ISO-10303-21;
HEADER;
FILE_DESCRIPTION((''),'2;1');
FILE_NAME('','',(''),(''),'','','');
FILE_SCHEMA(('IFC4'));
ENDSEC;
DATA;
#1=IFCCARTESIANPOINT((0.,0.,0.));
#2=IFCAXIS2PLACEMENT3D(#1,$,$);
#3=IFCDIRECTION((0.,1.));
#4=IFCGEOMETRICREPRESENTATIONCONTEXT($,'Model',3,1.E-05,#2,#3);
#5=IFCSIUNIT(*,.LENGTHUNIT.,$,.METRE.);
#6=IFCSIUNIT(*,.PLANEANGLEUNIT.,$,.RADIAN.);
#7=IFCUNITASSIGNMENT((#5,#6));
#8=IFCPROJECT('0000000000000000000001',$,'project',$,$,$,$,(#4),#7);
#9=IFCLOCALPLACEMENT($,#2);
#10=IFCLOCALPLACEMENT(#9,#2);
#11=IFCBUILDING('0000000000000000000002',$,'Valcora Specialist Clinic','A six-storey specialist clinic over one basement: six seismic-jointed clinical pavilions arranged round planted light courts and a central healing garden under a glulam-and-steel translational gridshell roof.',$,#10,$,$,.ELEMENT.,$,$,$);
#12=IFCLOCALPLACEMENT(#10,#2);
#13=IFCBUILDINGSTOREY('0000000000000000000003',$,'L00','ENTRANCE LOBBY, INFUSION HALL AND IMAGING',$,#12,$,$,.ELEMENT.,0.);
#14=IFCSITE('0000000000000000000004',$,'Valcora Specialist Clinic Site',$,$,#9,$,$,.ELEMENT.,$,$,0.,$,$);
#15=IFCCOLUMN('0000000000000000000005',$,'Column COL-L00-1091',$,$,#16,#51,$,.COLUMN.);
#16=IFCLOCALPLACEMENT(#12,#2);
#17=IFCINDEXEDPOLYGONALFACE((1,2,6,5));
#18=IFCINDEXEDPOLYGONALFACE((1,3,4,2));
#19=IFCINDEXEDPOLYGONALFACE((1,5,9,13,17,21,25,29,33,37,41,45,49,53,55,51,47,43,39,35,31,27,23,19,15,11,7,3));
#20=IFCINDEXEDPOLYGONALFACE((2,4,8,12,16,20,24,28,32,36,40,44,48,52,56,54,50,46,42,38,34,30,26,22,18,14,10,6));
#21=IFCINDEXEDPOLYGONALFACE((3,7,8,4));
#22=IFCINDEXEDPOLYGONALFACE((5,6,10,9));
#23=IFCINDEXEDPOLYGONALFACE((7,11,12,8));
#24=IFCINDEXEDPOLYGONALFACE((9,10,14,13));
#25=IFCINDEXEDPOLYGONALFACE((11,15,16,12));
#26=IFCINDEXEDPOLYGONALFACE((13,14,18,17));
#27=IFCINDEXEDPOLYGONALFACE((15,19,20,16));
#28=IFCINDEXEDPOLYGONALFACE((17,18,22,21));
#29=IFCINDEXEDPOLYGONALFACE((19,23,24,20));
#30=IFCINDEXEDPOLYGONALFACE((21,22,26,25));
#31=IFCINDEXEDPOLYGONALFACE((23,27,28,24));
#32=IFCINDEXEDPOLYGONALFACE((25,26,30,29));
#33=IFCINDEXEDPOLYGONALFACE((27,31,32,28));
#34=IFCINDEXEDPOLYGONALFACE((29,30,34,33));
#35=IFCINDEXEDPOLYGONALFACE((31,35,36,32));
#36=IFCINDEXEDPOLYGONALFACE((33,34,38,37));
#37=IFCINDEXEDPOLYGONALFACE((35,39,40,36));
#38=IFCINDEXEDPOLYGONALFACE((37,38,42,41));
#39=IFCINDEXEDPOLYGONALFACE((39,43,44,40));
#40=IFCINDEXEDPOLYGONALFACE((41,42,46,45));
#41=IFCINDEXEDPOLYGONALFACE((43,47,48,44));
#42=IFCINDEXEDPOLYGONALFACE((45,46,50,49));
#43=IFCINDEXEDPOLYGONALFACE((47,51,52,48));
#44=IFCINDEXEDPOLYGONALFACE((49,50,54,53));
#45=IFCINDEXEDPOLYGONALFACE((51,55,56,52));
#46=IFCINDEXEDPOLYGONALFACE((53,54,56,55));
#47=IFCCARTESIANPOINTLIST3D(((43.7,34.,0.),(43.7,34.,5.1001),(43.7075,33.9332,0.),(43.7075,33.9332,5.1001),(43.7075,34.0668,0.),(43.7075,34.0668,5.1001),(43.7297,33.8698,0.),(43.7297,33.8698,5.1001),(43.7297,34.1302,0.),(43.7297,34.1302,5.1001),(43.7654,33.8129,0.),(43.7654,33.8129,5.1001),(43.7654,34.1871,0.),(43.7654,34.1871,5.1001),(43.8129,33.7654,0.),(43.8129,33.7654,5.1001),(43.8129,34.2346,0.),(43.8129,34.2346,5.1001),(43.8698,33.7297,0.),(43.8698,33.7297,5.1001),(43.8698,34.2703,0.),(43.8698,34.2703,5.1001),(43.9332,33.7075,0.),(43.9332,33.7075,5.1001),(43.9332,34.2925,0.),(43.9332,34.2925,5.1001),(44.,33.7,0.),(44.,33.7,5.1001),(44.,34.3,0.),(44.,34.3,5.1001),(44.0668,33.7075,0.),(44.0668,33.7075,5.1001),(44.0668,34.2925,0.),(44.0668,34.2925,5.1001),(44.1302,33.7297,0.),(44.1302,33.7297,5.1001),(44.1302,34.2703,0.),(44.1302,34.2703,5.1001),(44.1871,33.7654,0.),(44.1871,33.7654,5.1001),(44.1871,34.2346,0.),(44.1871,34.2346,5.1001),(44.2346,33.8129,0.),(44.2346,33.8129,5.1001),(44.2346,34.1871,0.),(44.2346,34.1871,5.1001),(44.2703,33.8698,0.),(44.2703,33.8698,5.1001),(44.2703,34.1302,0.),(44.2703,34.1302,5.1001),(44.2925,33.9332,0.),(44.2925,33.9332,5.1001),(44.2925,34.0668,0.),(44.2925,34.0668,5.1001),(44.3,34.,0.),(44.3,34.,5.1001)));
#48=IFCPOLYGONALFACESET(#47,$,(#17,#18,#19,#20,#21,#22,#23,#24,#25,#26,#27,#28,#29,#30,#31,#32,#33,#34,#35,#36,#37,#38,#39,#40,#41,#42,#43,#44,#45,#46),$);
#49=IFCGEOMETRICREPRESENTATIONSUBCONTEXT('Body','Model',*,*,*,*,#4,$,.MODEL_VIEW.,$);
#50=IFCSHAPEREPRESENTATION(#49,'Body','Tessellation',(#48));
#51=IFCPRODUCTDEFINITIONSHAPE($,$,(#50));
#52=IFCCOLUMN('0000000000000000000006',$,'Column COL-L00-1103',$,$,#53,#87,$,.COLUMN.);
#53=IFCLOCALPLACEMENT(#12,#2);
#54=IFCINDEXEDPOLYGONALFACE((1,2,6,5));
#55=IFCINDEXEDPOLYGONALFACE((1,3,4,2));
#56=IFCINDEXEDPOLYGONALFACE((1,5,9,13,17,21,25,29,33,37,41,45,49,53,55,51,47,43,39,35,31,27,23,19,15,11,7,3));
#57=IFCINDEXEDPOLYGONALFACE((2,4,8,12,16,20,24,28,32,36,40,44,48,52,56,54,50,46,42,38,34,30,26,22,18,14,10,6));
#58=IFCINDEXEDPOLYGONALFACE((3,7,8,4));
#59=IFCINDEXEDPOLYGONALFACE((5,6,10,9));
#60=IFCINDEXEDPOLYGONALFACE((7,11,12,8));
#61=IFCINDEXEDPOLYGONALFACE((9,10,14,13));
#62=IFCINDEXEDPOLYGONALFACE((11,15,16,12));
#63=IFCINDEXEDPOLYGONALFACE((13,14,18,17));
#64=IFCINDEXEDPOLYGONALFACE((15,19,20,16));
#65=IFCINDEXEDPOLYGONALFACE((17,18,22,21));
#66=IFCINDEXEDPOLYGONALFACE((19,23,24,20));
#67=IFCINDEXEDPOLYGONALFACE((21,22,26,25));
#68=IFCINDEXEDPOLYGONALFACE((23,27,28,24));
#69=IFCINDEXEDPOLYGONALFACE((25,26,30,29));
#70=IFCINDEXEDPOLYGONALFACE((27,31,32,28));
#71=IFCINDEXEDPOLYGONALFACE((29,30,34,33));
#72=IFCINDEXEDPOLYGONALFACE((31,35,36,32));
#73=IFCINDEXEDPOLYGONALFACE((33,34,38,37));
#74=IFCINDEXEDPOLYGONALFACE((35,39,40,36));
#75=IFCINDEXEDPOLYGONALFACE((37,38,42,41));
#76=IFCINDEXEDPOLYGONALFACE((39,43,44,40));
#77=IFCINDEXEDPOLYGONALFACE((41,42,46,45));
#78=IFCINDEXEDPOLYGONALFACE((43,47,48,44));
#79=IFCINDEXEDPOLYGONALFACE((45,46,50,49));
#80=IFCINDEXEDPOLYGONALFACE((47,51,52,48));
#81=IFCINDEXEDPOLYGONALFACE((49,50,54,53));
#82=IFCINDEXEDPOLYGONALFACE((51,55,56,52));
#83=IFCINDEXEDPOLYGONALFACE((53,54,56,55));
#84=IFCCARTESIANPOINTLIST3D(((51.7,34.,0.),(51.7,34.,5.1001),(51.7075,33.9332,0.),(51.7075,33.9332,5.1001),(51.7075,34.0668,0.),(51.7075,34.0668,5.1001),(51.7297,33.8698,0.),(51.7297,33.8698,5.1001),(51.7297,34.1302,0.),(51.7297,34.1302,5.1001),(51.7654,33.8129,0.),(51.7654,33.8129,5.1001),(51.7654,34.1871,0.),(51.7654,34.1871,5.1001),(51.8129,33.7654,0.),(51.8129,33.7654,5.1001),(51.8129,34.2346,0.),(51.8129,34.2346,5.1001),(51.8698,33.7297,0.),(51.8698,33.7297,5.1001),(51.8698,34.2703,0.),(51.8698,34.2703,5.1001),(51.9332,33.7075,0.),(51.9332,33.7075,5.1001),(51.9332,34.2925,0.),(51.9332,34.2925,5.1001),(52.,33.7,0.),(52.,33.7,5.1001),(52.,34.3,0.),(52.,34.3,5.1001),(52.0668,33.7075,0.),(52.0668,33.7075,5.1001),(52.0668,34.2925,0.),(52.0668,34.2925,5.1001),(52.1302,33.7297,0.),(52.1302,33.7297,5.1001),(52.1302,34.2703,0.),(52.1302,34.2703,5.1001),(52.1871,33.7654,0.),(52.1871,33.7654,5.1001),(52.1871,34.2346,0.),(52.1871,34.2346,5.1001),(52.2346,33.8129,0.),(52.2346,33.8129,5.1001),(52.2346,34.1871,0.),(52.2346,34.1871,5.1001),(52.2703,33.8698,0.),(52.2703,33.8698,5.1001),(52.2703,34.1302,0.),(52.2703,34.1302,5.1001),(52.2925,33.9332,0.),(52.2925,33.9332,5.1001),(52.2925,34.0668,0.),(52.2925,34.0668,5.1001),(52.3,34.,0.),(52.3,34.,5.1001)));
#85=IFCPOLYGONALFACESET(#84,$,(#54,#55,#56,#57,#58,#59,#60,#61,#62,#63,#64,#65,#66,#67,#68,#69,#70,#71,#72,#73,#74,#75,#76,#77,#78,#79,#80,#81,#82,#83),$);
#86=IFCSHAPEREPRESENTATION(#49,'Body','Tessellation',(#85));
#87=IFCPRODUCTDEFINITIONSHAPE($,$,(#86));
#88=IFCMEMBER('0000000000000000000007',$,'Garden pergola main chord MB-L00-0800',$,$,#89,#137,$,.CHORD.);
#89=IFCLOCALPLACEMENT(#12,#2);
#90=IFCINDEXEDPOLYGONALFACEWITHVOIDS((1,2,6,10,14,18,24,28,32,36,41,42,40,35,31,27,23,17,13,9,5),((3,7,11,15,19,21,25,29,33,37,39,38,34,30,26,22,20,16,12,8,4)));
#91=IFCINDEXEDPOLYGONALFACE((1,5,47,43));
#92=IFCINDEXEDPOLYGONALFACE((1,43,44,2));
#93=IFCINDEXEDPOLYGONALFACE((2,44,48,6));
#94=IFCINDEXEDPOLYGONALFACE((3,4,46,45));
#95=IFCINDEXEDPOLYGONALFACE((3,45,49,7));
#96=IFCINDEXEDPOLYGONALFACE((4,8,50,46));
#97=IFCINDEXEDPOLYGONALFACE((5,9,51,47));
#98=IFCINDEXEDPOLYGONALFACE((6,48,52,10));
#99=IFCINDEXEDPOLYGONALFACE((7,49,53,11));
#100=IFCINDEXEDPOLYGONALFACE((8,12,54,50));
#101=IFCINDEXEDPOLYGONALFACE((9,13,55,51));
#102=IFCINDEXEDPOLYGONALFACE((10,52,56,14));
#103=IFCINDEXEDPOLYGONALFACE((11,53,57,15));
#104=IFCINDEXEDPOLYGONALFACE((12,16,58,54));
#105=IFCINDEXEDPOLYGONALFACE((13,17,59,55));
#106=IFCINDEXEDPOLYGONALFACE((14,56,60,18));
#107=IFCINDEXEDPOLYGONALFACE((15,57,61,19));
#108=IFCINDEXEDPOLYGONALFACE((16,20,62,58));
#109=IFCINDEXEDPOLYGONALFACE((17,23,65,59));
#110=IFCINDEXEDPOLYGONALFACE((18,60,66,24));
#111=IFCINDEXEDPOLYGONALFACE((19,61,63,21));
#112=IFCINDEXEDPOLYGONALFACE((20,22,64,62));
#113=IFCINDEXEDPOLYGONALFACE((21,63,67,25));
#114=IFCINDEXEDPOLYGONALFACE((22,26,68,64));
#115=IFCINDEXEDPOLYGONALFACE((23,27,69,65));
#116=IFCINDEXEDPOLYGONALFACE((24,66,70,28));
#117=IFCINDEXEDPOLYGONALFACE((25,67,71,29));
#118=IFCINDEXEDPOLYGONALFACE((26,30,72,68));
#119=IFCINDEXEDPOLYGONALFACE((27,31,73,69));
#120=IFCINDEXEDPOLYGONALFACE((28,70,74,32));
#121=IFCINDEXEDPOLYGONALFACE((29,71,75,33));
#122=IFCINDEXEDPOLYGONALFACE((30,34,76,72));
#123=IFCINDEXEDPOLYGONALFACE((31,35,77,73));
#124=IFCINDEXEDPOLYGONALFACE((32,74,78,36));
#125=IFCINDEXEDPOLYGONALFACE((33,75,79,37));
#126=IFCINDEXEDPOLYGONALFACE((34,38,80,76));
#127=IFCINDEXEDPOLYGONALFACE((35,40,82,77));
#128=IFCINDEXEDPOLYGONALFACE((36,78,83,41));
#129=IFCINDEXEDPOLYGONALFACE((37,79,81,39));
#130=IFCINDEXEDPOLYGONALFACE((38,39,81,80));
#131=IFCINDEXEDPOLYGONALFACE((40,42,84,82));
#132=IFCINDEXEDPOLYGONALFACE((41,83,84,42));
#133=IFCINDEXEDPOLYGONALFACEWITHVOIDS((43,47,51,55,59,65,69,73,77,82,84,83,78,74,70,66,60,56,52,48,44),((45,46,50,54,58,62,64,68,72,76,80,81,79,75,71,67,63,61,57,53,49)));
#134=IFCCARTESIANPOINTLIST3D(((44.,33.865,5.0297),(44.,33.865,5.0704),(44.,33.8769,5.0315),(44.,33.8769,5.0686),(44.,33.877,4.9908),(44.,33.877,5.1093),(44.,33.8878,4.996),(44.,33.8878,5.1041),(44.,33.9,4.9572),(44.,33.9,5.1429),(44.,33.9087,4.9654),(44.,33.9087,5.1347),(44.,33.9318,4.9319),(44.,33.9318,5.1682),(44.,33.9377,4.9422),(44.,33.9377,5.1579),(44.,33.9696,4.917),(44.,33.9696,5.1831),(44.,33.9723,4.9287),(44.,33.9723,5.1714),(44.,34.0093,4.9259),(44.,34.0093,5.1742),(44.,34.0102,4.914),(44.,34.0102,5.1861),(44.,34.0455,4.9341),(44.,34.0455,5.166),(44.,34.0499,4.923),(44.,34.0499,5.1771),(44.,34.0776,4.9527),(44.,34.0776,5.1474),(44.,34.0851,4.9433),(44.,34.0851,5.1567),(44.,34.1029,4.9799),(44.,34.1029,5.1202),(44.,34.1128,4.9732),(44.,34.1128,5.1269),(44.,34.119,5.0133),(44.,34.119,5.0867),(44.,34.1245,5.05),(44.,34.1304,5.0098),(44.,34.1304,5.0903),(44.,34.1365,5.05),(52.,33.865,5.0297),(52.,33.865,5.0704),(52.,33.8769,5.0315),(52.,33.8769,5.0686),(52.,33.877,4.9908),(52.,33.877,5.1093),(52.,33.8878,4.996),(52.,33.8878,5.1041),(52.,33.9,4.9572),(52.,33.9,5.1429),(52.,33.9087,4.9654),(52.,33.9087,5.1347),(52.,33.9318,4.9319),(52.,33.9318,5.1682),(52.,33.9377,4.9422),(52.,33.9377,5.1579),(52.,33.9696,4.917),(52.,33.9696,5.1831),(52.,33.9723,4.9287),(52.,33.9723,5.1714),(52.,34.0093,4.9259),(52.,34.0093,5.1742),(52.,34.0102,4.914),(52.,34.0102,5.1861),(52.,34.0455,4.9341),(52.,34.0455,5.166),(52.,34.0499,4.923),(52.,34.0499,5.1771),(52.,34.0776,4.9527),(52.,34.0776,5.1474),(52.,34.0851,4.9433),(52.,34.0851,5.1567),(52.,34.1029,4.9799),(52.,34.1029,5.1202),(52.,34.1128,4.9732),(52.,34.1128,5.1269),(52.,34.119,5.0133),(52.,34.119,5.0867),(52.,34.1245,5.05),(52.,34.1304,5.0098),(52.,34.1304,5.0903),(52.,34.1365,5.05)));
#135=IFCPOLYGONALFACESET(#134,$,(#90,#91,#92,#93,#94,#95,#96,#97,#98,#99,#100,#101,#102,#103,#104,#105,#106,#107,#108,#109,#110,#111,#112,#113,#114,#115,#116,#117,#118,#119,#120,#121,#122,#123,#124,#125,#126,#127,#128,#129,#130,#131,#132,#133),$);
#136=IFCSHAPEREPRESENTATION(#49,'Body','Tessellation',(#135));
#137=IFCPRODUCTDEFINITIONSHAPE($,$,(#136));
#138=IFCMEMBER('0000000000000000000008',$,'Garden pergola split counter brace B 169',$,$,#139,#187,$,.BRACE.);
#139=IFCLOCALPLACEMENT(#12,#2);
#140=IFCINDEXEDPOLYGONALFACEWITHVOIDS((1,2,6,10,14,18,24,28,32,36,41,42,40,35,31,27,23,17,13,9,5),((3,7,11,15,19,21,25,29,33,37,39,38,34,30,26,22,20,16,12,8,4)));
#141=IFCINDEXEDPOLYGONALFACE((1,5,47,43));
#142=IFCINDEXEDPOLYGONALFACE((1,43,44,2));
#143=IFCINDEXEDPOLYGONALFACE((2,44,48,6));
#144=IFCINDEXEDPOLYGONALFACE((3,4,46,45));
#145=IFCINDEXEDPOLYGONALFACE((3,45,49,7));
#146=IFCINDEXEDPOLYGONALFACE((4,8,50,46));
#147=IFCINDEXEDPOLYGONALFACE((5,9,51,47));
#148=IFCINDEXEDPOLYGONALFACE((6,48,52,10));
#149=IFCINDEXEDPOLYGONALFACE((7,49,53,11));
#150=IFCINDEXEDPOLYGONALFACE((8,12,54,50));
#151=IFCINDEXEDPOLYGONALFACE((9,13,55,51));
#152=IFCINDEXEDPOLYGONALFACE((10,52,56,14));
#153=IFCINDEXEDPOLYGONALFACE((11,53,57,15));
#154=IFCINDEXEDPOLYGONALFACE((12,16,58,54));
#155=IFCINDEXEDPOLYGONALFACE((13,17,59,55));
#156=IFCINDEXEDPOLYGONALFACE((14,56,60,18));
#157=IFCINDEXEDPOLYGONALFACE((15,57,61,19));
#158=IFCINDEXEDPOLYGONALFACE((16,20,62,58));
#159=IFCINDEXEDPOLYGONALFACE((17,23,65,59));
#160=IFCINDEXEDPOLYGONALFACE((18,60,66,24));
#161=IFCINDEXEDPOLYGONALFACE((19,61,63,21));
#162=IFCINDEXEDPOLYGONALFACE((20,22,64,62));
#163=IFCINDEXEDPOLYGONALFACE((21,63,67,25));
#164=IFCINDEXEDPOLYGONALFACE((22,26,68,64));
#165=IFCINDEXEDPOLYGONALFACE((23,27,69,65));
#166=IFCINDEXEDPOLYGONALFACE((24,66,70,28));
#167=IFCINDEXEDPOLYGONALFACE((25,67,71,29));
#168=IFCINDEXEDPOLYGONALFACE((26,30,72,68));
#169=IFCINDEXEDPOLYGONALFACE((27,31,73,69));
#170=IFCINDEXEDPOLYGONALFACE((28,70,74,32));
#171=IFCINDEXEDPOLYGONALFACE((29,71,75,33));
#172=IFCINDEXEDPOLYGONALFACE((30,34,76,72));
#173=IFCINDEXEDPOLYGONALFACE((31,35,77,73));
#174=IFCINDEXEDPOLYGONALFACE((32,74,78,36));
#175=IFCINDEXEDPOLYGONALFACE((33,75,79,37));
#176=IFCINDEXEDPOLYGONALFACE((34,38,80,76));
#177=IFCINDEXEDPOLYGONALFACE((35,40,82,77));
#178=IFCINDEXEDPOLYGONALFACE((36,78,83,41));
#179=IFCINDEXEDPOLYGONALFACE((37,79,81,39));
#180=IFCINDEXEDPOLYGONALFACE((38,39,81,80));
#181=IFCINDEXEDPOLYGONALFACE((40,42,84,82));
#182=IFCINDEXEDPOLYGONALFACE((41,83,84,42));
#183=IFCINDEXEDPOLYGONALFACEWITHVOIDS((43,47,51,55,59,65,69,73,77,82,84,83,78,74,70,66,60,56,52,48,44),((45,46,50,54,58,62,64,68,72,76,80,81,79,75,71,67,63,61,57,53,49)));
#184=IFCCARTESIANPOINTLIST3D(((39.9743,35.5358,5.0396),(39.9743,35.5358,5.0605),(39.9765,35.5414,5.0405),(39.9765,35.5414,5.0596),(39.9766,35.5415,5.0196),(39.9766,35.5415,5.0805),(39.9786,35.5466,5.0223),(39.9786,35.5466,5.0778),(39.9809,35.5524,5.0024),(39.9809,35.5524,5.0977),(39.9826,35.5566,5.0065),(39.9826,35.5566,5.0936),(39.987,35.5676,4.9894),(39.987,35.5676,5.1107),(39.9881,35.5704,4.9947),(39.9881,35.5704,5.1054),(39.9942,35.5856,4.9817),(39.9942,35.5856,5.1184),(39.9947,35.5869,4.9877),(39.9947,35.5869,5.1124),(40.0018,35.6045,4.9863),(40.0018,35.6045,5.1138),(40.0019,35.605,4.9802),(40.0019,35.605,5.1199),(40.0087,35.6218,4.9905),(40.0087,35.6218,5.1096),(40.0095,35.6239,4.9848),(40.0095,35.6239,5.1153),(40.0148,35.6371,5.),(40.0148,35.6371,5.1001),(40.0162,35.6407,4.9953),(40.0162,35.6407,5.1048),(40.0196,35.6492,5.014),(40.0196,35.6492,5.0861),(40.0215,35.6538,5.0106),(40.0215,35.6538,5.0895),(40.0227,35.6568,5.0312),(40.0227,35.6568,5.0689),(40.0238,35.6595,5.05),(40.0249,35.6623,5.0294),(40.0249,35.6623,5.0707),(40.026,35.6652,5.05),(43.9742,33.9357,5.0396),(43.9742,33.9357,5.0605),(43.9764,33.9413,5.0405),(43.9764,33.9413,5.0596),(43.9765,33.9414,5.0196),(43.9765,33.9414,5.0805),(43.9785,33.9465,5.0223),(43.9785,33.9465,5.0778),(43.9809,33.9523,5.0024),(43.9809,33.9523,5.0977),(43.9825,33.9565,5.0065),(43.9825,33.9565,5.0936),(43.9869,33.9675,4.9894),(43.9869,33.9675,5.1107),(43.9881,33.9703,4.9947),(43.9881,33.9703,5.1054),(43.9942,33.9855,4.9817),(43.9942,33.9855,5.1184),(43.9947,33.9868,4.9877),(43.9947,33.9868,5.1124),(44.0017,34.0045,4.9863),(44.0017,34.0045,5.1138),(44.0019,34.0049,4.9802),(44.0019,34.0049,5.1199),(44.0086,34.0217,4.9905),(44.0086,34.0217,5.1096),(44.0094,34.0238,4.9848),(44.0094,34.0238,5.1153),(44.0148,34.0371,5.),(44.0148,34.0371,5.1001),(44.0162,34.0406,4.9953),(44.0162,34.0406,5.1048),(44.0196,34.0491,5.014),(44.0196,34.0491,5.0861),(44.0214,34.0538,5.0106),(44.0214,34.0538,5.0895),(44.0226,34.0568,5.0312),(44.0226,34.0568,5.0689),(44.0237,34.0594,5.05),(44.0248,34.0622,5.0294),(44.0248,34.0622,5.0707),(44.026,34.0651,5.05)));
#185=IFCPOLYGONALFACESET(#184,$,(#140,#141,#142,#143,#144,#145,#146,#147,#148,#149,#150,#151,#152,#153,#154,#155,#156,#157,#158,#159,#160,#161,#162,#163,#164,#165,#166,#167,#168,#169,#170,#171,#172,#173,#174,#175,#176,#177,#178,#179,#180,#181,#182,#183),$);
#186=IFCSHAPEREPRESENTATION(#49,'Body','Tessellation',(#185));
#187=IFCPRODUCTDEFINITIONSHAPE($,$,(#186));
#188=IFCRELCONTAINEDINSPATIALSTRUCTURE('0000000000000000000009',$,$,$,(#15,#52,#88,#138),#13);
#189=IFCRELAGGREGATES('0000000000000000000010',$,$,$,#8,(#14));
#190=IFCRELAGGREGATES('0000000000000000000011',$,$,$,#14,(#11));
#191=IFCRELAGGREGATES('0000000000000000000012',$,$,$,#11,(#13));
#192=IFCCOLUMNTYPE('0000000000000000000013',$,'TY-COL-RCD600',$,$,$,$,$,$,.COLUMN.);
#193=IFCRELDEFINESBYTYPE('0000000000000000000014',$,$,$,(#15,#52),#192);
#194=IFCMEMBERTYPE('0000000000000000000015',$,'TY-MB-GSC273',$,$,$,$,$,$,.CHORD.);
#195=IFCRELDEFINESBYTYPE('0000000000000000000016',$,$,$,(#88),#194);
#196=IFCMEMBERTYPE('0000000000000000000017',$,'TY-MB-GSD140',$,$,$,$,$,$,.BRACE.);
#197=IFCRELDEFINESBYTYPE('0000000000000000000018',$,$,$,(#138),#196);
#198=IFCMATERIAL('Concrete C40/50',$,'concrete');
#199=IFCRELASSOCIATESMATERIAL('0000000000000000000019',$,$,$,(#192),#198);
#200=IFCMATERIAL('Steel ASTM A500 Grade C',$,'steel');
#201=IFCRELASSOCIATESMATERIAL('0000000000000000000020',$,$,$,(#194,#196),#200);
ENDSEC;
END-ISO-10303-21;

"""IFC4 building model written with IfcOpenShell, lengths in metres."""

from ifc_helpers import new_model, si_unit, direction, frame, origin, origin_2d, place, context, subcontext, project, spatial, circle, hollow_circle, extrude, material, material_profile, profile_set, type_object, element, save


model = new_model("IFC4")

# Units and contexts
model_context = context("Model", 3, precision=1e-05, world=origin(), true_north=direction((0.0, 1.0)))
body_context = subcontext(model_context, "Body", "Model", "MODEL_VIEW")
ifc_project = project(units=[si_unit("LENGTHUNIT", "METRE"), si_unit("PLANEANGLEUNIT", "RADIAN")], contexts=[model_context])

# Site, building, storey
site_placement = place(None, origin())
site = spatial("IfcSite", under=ifc_project, at=site_placement, Name="Valcora Specialist Clinic Site", CompositionType="ELEMENT", RefElevation=0.0)
building_placement = place(site_placement, origin())
building = spatial("IfcBuilding", under=site, at=building_placement, Name="Valcora Specialist Clinic", Description="A six-storey specialist clinic over one basement: six seismic-jointed clinical pavilions arranged round planted light courts and a central healing garden under a glulam-and-steel translational gridshell roof.", CompositionType="ELEMENT")
storey_placement = place(building_placement, origin())
storey = spatial("IfcBuildingStorey", under=building, at=storey_placement, Name="L00", Description="ENTRANCE LOBBY, INFUSION HALL AND IMAGING", CompositionType="ELEMENT", Elevation=0.0)

# Columns
ifc_material_1 = material(Name="Concrete C40/50", Category="concrete")
ifc_material_profile_1 = material_profile(ifc_material_1, circle(Radius=0.3, at=origin_2d()), Name="RC-COL-D600")
ifc_profile_set_1 = profile_set([ifc_material_profile_1], Name="Concrete C40/50")
column_type = type_object("IfcColumnType", Name="TY-COL-RCD600", PredefinedType="COLUMN", material=ifc_profile_set_1)
for number, where, z_axis, x_axis, name in (
    (1, (44.0, 34.0, 0.0), (0.0, 0.0, 1.0), (1.0, 0.0, 0.0), "Column COL-L00-1091"),
    (2, (52.0, 34.0, 0.0), (0.0, 0.0, 1.0), (1.0, 0.0, 0.0), "Column COL-L00-1103"),
):
    element("IfcColumn", number, at=place(storey_placement, frame(where, z_axis=z_axis, x_axis=x_axis)), inside=storey, type_object=column_type, Name=name, PredefinedType="COLUMN", context=body_context, shape_type="SweptSolid", body=[
        extrude(circle(Radius=0.3, at=origin_2d()), origin(), (0.0, 0.0, 1.0), 5.1001),
    ])

# Members
ifc_material_2 = material(Name="Steel ASTM A500 Grade C", Category="steel")
ifc_material_profile_2 = material_profile(ifc_material_2, hollow_circle(Radius=0.1365, WallThickness=0.012, at=origin_2d()), Name="ST-CHS-273X12")
ifc_profile_set_2 = profile_set([ifc_material_profile_2], Name="Steel ASTM A500 Grade C")
member_type_1 = type_object("IfcMemberType", Name="TY-MB-GSC273", PredefinedType="CHORD", material=ifc_profile_set_2)
member_1_placement = place(storey_placement, frame((44.0, 34.0, 5.05), z_axis=(1.0, 0.0, 0.0), x_axis=(0.0, 1.0, 0.0)))
element("IfcMember", 3, at=member_1_placement, inside=storey, type_object=member_type_1, Name="Garden pergola main chord MB-L00-0800", PredefinedType="CHORD", context=body_context, shape_type="SweptSolid", body=[
    extrude(hollow_circle(Radius=0.1365, WallThickness=0.012, at=origin_2d()), origin(), (0.0, 0.0, 1.0), 8.0),
])
ifc_material_profile_3 = material_profile(ifc_material_2, hollow_circle(Radius=0.0701, WallThickness=0.0061, at=origin_2d()), Name="ST-CHS-140X6")
ifc_profile_set_3 = profile_set([ifc_material_profile_3], Name="Steel ASTM A500 Grade C")
member_type_2 = type_object("IfcMemberType", Name="TY-MB-GSD140", PredefinedType="BRACE", material=ifc_profile_set_3)
for number, where, z_axis, x_axis, name in (
    (4, (40.0, 35.6001, 5.05), (0.928469, -0.37141, 0.0), (0.37141, 0.928469, 0.0), "Garden pergola split counter brace B 169"),
):
    element("IfcMember", number, at=place(storey_placement, frame(where, z_axis=z_axis, x_axis=x_axis)), inside=storey, type_object=member_type_2, Name=name, PredefinedType="BRACE", context=body_context, shape_type="SweptSolid", body=[
        extrude(hollow_circle(Radius=0.0701, WallThickness=0.0061, at=origin_2d()), origin(), (0.0, 0.0, 1.0), 4.3081),
    ])

save(model, "model.ifc")
